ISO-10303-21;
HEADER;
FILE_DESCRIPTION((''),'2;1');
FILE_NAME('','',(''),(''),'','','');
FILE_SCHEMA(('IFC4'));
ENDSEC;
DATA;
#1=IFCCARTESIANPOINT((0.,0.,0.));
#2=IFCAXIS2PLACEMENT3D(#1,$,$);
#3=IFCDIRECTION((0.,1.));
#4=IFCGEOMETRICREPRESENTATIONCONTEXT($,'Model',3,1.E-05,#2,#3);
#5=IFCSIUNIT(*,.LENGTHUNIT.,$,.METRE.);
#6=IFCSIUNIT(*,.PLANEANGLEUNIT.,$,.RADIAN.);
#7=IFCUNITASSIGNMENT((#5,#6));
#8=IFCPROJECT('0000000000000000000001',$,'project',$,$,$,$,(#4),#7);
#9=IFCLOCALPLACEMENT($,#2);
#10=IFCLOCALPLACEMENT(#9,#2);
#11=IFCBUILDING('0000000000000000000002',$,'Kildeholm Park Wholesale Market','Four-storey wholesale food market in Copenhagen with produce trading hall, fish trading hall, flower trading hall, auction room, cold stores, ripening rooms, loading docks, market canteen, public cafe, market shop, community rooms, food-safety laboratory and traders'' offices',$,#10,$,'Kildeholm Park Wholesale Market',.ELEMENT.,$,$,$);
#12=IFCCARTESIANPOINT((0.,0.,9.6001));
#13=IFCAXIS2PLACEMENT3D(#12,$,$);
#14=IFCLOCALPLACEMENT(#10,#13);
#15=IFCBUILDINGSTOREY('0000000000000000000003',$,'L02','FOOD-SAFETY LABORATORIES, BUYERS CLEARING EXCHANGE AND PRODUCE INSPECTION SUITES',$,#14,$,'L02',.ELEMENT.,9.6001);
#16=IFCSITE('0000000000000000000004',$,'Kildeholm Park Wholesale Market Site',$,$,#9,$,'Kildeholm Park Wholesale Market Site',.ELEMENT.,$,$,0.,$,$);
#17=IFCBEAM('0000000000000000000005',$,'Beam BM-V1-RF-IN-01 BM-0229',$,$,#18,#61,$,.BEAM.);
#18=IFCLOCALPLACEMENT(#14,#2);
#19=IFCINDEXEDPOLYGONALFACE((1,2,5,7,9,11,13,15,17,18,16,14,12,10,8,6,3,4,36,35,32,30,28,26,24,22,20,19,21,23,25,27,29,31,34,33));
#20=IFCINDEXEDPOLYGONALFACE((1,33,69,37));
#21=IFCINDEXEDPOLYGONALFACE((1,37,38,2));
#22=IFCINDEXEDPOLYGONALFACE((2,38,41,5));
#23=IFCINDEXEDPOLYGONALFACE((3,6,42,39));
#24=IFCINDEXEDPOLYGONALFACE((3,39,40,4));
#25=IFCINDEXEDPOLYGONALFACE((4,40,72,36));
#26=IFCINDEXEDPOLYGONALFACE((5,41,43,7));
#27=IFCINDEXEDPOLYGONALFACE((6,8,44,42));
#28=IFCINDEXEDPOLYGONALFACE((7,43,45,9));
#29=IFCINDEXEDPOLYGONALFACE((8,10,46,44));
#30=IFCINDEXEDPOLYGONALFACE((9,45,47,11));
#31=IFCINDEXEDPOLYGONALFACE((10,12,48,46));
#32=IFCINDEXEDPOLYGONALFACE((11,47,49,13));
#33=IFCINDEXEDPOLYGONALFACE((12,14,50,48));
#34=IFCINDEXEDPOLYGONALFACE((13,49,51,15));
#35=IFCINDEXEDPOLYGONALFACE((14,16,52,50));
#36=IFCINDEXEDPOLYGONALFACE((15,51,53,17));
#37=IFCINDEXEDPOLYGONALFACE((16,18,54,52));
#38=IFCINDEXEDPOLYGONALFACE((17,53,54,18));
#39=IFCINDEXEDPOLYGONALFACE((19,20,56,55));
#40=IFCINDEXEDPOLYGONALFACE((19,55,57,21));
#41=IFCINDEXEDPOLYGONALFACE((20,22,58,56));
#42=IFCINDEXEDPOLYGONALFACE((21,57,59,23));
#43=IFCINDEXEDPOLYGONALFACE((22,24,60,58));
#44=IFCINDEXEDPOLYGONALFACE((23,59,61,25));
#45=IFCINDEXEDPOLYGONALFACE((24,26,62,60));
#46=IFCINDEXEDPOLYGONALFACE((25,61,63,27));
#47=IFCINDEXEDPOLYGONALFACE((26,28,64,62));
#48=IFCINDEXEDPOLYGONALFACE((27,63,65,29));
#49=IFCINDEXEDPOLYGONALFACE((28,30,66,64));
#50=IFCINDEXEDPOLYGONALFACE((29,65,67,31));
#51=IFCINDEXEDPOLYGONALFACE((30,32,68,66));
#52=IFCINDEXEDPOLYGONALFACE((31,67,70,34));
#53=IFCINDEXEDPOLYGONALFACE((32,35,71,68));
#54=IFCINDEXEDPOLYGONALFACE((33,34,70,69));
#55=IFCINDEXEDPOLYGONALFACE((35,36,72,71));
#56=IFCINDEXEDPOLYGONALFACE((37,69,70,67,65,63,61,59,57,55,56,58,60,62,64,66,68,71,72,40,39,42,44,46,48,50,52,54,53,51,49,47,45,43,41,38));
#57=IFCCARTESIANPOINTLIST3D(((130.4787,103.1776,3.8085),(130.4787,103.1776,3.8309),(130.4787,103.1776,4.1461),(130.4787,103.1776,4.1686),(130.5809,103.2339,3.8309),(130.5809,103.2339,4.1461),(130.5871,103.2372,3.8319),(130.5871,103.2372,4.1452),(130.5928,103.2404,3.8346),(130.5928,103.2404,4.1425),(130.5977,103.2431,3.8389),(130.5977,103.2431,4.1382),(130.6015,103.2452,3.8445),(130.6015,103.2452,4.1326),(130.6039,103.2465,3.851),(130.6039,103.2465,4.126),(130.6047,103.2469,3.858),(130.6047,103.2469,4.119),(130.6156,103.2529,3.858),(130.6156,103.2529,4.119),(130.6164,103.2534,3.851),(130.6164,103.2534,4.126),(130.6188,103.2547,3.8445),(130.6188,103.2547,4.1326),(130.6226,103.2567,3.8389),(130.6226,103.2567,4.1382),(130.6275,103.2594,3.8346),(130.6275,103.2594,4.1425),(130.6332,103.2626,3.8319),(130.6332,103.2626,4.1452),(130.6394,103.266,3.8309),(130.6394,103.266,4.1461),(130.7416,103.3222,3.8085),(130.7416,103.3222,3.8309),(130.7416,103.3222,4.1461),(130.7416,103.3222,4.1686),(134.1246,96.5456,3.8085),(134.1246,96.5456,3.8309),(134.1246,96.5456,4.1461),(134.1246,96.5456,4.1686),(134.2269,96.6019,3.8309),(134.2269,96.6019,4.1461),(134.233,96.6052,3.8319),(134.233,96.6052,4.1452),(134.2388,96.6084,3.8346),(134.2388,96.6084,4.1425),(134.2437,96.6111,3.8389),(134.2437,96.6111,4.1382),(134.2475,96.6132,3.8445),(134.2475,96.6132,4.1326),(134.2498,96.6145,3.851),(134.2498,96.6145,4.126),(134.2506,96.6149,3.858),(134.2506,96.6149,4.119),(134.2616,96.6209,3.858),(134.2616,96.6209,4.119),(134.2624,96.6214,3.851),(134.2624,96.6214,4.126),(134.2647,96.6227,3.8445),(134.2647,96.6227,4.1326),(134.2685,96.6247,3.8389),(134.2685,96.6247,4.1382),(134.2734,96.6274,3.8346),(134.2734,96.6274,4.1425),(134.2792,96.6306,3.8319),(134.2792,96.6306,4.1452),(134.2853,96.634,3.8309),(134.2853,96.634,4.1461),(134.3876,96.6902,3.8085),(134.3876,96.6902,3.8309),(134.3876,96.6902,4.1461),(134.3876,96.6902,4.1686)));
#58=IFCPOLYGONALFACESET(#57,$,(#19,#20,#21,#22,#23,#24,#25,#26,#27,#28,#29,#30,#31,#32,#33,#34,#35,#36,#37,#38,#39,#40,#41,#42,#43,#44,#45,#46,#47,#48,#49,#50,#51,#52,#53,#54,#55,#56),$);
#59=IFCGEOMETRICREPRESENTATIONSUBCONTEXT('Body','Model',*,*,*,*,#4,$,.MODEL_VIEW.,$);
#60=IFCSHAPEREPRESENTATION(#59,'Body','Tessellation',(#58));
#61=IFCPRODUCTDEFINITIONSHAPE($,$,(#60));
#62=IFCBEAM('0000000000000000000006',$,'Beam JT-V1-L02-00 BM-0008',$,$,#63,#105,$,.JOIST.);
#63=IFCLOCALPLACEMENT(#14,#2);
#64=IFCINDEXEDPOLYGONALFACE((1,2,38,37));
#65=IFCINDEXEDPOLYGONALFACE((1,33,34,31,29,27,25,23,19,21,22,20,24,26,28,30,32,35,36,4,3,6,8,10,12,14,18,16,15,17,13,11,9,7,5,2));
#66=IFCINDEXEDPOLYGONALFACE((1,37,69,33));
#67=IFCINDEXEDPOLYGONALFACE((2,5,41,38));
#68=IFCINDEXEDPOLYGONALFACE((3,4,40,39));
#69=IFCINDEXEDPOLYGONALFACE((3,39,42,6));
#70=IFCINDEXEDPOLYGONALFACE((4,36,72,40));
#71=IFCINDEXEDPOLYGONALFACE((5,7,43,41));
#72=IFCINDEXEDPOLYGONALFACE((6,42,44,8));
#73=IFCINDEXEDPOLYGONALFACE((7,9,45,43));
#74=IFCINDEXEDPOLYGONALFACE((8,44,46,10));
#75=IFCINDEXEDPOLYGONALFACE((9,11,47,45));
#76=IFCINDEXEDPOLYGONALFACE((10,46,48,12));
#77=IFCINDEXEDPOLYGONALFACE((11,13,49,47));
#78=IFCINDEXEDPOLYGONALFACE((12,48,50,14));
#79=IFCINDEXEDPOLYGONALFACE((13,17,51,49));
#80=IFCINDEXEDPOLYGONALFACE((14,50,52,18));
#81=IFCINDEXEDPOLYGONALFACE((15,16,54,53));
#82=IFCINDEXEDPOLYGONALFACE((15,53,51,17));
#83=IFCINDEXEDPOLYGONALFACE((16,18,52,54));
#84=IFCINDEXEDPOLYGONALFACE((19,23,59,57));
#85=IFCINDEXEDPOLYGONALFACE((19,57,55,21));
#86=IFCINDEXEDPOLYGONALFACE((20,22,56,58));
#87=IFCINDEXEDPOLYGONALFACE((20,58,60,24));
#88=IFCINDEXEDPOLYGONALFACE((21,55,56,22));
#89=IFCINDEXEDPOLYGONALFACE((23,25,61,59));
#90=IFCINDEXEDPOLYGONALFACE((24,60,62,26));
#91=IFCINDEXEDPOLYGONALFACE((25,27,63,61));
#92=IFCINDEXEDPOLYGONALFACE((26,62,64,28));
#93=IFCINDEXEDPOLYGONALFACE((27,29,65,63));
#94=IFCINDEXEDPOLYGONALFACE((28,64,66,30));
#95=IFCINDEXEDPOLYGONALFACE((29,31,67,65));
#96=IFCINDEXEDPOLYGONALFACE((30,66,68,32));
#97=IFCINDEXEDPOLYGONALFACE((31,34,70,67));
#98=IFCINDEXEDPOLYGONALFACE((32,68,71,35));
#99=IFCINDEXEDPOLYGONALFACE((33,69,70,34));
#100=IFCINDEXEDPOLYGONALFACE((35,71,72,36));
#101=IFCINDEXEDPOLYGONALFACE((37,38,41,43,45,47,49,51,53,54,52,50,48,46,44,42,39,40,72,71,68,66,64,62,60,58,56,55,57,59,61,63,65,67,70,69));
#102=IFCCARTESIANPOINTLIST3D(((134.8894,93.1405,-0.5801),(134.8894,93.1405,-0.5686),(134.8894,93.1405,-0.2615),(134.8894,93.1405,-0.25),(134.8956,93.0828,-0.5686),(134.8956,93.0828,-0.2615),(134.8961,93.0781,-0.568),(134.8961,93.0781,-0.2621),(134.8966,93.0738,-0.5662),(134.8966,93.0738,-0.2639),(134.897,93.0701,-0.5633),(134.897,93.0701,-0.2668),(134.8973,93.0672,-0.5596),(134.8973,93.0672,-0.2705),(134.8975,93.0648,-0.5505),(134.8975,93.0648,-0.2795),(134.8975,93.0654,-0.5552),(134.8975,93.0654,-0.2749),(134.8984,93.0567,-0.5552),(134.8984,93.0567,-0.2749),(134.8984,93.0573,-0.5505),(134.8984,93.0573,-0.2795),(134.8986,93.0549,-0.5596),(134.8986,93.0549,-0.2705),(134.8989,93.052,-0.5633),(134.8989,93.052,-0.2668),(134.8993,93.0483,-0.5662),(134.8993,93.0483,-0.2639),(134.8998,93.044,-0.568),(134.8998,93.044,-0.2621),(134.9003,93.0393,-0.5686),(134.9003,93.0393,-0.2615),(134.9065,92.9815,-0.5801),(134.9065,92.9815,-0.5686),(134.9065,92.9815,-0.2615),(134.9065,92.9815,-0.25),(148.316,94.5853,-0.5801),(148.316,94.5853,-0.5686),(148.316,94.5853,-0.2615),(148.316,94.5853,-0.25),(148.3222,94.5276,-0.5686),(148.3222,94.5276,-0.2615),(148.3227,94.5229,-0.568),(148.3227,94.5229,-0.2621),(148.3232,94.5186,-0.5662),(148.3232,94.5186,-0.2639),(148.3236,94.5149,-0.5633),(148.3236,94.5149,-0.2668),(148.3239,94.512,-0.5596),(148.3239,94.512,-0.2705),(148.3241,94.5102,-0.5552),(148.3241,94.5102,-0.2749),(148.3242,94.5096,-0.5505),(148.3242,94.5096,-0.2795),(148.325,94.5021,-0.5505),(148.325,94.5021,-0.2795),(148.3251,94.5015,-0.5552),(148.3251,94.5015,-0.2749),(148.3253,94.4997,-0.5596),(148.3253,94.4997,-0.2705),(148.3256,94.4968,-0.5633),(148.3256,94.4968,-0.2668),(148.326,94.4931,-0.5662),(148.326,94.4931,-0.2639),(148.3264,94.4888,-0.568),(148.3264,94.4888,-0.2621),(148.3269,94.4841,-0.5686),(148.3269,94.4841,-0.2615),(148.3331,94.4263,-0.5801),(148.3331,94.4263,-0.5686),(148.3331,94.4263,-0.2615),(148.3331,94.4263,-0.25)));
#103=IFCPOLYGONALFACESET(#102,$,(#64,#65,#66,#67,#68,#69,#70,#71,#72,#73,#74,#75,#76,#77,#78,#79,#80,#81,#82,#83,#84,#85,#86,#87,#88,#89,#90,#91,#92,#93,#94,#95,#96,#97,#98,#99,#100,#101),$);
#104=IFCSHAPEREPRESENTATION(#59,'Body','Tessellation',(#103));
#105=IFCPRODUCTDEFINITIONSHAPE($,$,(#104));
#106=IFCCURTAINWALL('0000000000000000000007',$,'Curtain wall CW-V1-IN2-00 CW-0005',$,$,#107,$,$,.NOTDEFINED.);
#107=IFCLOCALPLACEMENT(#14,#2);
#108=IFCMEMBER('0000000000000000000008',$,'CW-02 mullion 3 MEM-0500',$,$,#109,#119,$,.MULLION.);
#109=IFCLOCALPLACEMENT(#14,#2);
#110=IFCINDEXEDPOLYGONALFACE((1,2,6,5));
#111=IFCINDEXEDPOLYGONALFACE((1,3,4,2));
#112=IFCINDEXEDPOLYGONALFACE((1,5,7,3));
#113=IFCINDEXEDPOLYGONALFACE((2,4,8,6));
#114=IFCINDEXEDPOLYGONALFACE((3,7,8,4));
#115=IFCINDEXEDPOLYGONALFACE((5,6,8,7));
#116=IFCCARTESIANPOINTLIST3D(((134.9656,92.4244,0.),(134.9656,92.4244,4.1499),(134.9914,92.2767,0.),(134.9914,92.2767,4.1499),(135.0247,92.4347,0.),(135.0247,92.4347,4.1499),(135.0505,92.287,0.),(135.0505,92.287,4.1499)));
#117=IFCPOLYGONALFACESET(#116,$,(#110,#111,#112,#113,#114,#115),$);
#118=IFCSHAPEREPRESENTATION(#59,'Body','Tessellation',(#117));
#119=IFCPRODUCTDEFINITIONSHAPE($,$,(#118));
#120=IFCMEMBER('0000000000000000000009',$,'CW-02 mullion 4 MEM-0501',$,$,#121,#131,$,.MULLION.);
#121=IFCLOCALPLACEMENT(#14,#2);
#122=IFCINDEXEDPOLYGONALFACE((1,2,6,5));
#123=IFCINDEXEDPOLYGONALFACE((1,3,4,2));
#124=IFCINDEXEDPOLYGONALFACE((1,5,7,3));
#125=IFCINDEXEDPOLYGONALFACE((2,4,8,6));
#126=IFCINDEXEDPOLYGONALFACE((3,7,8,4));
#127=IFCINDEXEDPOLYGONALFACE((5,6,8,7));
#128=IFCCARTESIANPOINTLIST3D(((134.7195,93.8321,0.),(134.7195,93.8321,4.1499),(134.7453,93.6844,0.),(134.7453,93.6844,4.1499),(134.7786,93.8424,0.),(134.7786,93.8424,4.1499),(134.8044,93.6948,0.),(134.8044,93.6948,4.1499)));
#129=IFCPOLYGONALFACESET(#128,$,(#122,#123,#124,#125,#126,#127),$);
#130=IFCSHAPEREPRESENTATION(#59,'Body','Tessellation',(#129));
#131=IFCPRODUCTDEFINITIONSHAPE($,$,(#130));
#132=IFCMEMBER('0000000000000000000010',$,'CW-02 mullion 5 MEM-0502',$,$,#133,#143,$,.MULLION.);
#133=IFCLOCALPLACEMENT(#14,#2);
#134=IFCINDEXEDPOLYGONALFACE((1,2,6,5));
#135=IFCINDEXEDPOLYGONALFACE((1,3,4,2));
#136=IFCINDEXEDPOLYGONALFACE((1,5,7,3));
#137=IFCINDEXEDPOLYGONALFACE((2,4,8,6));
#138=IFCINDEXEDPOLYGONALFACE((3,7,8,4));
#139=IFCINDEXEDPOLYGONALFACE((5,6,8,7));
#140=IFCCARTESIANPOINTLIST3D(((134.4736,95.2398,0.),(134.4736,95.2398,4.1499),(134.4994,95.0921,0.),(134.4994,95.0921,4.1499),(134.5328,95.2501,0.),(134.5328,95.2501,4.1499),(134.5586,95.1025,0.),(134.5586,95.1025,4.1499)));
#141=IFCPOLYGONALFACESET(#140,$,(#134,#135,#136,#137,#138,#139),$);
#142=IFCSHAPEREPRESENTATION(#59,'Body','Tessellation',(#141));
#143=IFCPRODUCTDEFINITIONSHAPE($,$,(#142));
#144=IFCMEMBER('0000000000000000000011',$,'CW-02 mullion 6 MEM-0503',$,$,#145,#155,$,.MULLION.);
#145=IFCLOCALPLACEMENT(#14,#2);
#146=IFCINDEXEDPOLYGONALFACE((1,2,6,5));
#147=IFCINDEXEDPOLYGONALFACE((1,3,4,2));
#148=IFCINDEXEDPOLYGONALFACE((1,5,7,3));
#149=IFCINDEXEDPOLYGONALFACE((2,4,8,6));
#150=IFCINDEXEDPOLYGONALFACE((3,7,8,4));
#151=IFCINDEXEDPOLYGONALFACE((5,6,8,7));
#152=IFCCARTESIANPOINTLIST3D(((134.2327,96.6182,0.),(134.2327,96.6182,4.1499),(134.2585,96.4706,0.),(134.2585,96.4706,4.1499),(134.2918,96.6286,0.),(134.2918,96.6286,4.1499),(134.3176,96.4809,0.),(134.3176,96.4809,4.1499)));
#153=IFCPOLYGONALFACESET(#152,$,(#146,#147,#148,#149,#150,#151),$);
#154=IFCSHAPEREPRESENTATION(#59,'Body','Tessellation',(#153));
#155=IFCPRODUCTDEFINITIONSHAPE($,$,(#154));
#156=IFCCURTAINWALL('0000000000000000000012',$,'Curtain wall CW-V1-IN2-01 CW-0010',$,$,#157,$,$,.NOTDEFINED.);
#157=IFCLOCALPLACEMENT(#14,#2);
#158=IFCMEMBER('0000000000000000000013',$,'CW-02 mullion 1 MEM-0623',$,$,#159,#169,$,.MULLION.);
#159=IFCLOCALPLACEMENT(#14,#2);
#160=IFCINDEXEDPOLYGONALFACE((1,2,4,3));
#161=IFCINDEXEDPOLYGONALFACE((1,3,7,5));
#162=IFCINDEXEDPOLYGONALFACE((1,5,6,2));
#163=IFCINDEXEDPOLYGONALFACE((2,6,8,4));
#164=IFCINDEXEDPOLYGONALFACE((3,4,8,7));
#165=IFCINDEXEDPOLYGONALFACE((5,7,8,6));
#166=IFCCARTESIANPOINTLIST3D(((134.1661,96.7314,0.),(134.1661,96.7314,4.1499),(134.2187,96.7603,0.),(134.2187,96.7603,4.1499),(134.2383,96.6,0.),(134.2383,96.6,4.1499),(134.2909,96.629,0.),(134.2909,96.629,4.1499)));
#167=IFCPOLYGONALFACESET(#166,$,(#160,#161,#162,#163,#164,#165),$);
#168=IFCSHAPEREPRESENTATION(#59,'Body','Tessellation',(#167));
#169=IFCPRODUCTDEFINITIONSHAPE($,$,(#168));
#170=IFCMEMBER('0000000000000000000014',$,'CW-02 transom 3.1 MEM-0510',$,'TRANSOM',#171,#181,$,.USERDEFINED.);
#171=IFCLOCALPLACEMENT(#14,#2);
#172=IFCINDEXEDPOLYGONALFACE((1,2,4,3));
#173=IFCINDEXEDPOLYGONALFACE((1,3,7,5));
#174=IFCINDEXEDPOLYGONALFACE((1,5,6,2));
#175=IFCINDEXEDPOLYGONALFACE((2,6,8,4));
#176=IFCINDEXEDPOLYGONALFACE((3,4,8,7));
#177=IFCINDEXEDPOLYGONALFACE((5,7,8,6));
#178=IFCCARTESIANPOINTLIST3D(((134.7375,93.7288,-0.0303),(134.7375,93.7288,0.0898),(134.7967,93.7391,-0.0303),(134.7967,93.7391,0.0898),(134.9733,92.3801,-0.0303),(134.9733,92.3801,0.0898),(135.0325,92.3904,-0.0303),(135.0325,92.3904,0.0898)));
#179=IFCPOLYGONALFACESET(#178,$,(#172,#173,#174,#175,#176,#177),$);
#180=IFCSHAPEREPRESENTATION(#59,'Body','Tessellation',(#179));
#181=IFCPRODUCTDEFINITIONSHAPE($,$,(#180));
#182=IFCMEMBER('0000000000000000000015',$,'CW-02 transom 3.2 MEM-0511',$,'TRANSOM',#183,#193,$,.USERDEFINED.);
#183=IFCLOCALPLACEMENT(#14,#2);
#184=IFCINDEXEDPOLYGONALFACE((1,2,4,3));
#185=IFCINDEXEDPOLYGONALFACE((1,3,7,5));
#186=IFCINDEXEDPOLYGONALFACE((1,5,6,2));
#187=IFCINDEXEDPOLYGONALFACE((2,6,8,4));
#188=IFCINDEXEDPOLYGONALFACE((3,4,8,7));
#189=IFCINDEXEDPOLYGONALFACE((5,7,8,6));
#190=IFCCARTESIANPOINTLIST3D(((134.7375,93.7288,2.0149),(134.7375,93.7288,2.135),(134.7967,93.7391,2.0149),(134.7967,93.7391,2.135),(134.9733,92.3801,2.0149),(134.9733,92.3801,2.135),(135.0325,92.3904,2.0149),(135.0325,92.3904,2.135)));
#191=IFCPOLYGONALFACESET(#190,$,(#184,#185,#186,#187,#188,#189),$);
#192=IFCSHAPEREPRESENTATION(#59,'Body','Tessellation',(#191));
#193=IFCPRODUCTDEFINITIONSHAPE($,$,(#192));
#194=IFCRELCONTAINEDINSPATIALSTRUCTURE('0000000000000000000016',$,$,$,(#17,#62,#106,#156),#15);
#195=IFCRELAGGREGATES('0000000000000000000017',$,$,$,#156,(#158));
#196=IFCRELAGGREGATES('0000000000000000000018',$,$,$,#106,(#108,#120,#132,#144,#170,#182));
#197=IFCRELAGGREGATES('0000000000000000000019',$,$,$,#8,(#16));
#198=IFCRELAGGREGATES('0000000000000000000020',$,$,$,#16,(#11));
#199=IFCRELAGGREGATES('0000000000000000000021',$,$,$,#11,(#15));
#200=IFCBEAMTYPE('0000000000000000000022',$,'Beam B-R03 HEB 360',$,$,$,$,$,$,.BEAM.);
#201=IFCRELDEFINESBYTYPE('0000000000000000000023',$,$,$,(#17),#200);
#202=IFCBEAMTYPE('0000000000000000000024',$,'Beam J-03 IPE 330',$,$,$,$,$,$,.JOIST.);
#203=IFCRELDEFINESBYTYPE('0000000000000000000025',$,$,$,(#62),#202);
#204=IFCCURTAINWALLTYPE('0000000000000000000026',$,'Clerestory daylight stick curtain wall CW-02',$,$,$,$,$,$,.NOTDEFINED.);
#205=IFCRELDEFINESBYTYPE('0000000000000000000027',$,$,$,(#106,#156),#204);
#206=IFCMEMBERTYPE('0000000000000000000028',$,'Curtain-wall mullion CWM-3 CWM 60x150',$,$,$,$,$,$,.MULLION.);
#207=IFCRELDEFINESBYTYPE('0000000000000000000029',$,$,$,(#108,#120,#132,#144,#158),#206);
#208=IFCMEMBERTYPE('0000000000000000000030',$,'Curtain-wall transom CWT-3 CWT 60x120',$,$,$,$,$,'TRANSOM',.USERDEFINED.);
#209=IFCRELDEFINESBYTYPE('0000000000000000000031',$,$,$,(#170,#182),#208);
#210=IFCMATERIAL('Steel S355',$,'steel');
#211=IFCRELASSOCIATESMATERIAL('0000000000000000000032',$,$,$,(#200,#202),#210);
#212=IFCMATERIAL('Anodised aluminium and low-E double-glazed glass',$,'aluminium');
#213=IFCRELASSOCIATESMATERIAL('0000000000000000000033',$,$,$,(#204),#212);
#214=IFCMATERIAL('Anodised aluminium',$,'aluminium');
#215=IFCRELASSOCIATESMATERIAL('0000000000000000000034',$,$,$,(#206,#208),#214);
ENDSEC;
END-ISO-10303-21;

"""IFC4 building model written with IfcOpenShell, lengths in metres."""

from ifc_helpers import new_model, si_unit, direction, frame, origin, origin_2d, place, context, subcontext, project, spatial, rectangle, i_section, extrude, material, material_profile, profile_set, type_object, element, aggregate, save


model = new_model("IFC4")

# Units and contexts
model_context = context("Model", 3, precision=1e-05, world=origin(), true_north=direction((0.0, 1.0)))
body_context = subcontext(model_context, "Body", "Model", "MODEL_VIEW")
ifc_project = project(units=[si_unit("LENGTHUNIT", "METRE"), si_unit("PLANEANGLEUNIT", "RADIAN")], contexts=[model_context])

# Site, building, storey
site_placement = place(None, origin())
site = spatial("IfcSite", under=ifc_project, at=site_placement, Name="Kildeholm Park Wholesale Market Site", LongName="Kildeholm Park Wholesale Market Site", CompositionType="ELEMENT", RefElevation=0.0)
building_placement = place(site_placement, origin())
building = spatial("IfcBuilding", under=site, at=building_placement, Name="Kildeholm Park Wholesale Market", Description="Four-storey wholesale food market in Copenhagen with produce trading hall, fish trading hall, flower trading hall, auction room, cold stores, ripening rooms, loading docks, market canteen, public cafe, market shop, community rooms, food-safety laboratory and traders' offices", LongName="Kildeholm Park Wholesale Market", CompositionType="ELEMENT")
storey_placement = place(building_placement, frame((0.0, 0.0, 9.6001)))
storey = spatial("IfcBuildingStorey", under=building, at=storey_placement, Name="L02", Description="FOOD-SAFETY LABORATORIES, BUYERS CLEARING EXCHANGE AND PRODUCE INSPECTION SUITES", LongName="L02", CompositionType="ELEMENT", Elevation=9.6001)

# Shared definitions
ifc_material_1 = material(Name="Steel S355", Category="steel")

# Beams
ifc_material_profile_1 = material_profile(ifc_material_1, i_section(OverallWidth=0.3, OverallDepth=0.3601, WebThickness=0.0125, FlangeThickness=0.0225, FilletRadius=0.0271, at=origin_2d()), Name="HEB 360")
ifc_profile_set_1 = profile_set([ifc_material_profile_1], Name="Steel S355")
beam_type_1 = type_object("IfcBeamType", Name="Beam B-R03 HEB 360", PredefinedType="BEAM", material=ifc_profile_set_1)
beam_1_placement = place(storey_placement, frame((134.2561, 96.6179, 3.9885), z_axis=(-0.481752, 0.876308, 0.0), x_axis=(-0.876308, -0.481752, 0.0)))
element("IfcBeam", 1, at=beam_1_placement, inside=storey, type_object=beam_type_1, Name="Beam BM-V1-RF-IN-01 BM-0229", PredefinedType="BEAM", context=body_context, shape_type="SweptSolid", body=[
    extrude(i_section(OverallWidth=0.3, OverallDepth=0.3601, WebThickness=0.0125, FlangeThickness=0.0225, FilletRadius=0.0271, at=origin_2d()), origin(), (0.0, 0.0, 1.0), 7.5681),
])
ifc_material_profile_2 = material_profile(ifc_material_1, i_section(OverallWidth=0.1599, OverallDepth=0.3301, WebThickness=0.0076, FlangeThickness=0.0115, FilletRadius=0.0181, at=origin_2d()), Name="IPE 330")
ifc_profile_set_2 = profile_set([ifc_material_profile_2], Name="Steel S355")
beam_type_2 = type_object("IfcBeamType", Name="Beam J-03 IPE 330", PredefinedType="JOIST", material=ifc_profile_set_2)
beam_2_placement = place(storey_placement, frame((134.8979, 93.061, -0.415), z_axis=(0.99426, 0.10699, 0.0), x_axis=(-0.10699, 0.99426, 0.0)))
element("IfcBeam", 2, at=beam_2_placement, inside=storey, type_object=beam_type_2, Name="Beam JT-V1-L02-00 BM-0008", PredefinedType="JOIST", context=body_context, shape_type="SweptSolid", body=[
    extrude(i_section(OverallWidth=0.1599, OverallDepth=0.3301, WebThickness=0.0076, FlangeThickness=0.0115, FilletRadius=0.0181, at=origin_2d()), origin(), (0.0, 0.0, 1.0), 13.5042),
])

# Curtain wall, members
ifc_material_2 = material(Name="Anodised aluminium and low-E double-glazed glass", Category="aluminium")
curtain_wall_type = type_object("IfcCurtainWallType", Name="Clerestory daylight stick curtain wall CW-02", PredefinedType="NOTDEFINED", material=ifc_material_2)
curtain_wall_1_placement = place(storey_placement, origin())
curtain_wall_1 = element("IfcCurtainWall", 3, at=curtain_wall_1_placement, inside=storey, type_object=curtain_wall_type, Name="Curtain wall CW-V1-IN2-00 CW-0005", PredefinedType="NOTDEFINED")
ifc_material_3 = material(Name="Anodised aluminium", Category="aluminium")
ifc_material_profile_3 = material_profile(ifc_material_3, rectangle(XDim=0.0601, YDim=0.1499, at=origin_2d()), Name="CWM 60x150")
ifc_profile_set_3 = profile_set([ifc_material_profile_3], Name="Anodised aluminium")
member_type_1 = type_object("IfcMemberType", Name="Curtain-wall mullion CWM-3 CWM 60x150", PredefinedType="MULLION", material=ifc_profile_set_3)
member_1_placement = place(storey_placement, frame((135.0081, 92.3557, 0.0), z_axis=(0.0, 0.0, 1.0), x_axis=(-0.985074, -0.172133, 0.0)))
member_1 = element("IfcMember", 4, at=member_1_placement, type_object=member_type_1, Name="CW-02 mullion 3 MEM-0500", PredefinedType="MULLION", context=body_context, shape_type="SweptSolid", body=[
    extrude(rectangle(XDim=0.0601, YDim=0.1499, at=origin_2d()), origin(), (0.0, 0.0, 1.0), 4.1499),
])
member_2_placement = place(storey_placement, frame((134.762, 93.7634, 0.0), z_axis=(0.0, 0.0, 1.0), x_axis=(-0.985074, -0.172133, 0.0)))
member_2 = element("IfcMember", 5, at=member_2_placement, type_object=member_type_1, Name="CW-02 mullion 4 MEM-0501", PredefinedType="MULLION", context=body_context, shape_type="SweptSolid", body=[
    extrude(rectangle(XDim=0.0601, YDim=0.1499, at=origin_2d()), origin(), (0.0, 0.0, 1.0), 4.1499),
])
member_3_placement = place(storey_placement, frame((134.5161, 95.1711, 0.0), z_axis=(0.0, 0.0, 1.0), x_axis=(-0.985074, -0.172133, 0.0)))
member_3 = element("IfcMember", 6, at=member_3_placement, type_object=member_type_1, Name="CW-02 mullion 5 MEM-0502", PredefinedType="MULLION", context=body_context, shape_type="SweptSolid", body=[
    extrude(rectangle(XDim=0.0601, YDim=0.1499, at=origin_2d()), origin(), (0.0, 0.0, 1.0), 4.1499),
])
member_4_placement = place(storey_placement, frame((134.2751, 96.5496, 0.0), z_axis=(0.0, 0.0, 1.0), x_axis=(-0.985074, -0.172133, 0.0)))
member_4 = element("IfcMember", 7, at=member_4_placement, type_object=member_type_1, Name="CW-02 mullion 6 MEM-0503", PredefinedType="MULLION", context=body_context, shape_type="SweptSolid", body=[
    extrude(rectangle(XDim=0.0601, YDim=0.1499, at=origin_2d()), origin(), (0.0, 0.0, 1.0), 4.1499),
])

# Curtain wall, member
curtain_wall_2_placement = place(storey_placement, origin())
curtain_wall_2 = element("IfcCurtainWall", 8, at=curtain_wall_2_placement, inside=storey, type_object=curtain_wall_type, Name="Curtain wall CW-V1-IN2-01 CW-0010", PredefinedType="NOTDEFINED")
member_5_placement = place(storey_placement, frame((134.2285, 96.6802, 0.0), z_axis=(0.0, 0.0, 1.0), x_axis=(-0.876309, -0.48175, 0.0)))
member_5 = element("IfcMember", 9, at=member_5_placement, type_object=member_type_1, Name="CW-02 mullion 1 MEM-0623", PredefinedType="MULLION", context=body_context, shape_type="SweptSolid", body=[
    extrude(rectangle(XDim=0.0601, YDim=0.1499, at=origin_2d()), origin(), (0.0, 0.0, 1.0), 4.1499),
])

# Members
ifc_material_profile_4 = material_profile(ifc_material_3, rectangle(XDim=0.0601, YDim=0.1201, at=origin_2d()), Name="CWT 60x120")
ifc_profile_set_4 = profile_set([ifc_material_profile_4], Name="Anodised aluminium")
member_type_2 = type_object("IfcMemberType", Name="Curtain-wall transom CWT-3 CWT 60x120", ElementType="TRANSOM", PredefinedType="USERDEFINED", material=ifc_profile_set_4)
member_6_placement = place(storey_placement, frame((135.0029, 92.3853, 0.0298), z_axis=(-0.172259, 0.985052, 0.0), x_axis=(-0.985052, -0.172259, 0.0)))
member_6 = element("IfcMember", 10, at=member_6_placement, type_object=member_type_2, Name="CW-02 transom 3.1 MEM-0510", ObjectType="TRANSOM", PredefinedType="USERDEFINED", context=body_context, shape_type="SweptSolid", body=[
    extrude(rectangle(XDim=0.0601, YDim=0.1201, at=origin_2d()), origin(), (0.0, 0.0, 1.0), 1.3691),
])
member_7_placement = place(storey_placement, frame((135.0029, 92.3853, 2.075), z_axis=(-0.172259, 0.985052, 0.0), x_axis=(-0.985052, -0.172259, 0.0)))
member_7 = element("IfcMember", 11, at=member_7_placement, type_object=member_type_2, Name="CW-02 transom 3.2 MEM-0511", ObjectType="TRANSOM", PredefinedType="USERDEFINED", context=body_context, shape_type="SweptSolid", body=[
    extrude(rectangle(XDim=0.0601, YDim=0.1201, at=origin_2d()), origin(), (0.0, 0.0, 1.0), 1.3691),
])
aggregate(curtain_wall_2, [member_5])

aggregate(curtain_wall_1, [member_1, member_2, member_3, member_4, member_6, member_7])

save(model, "model.ifc")
